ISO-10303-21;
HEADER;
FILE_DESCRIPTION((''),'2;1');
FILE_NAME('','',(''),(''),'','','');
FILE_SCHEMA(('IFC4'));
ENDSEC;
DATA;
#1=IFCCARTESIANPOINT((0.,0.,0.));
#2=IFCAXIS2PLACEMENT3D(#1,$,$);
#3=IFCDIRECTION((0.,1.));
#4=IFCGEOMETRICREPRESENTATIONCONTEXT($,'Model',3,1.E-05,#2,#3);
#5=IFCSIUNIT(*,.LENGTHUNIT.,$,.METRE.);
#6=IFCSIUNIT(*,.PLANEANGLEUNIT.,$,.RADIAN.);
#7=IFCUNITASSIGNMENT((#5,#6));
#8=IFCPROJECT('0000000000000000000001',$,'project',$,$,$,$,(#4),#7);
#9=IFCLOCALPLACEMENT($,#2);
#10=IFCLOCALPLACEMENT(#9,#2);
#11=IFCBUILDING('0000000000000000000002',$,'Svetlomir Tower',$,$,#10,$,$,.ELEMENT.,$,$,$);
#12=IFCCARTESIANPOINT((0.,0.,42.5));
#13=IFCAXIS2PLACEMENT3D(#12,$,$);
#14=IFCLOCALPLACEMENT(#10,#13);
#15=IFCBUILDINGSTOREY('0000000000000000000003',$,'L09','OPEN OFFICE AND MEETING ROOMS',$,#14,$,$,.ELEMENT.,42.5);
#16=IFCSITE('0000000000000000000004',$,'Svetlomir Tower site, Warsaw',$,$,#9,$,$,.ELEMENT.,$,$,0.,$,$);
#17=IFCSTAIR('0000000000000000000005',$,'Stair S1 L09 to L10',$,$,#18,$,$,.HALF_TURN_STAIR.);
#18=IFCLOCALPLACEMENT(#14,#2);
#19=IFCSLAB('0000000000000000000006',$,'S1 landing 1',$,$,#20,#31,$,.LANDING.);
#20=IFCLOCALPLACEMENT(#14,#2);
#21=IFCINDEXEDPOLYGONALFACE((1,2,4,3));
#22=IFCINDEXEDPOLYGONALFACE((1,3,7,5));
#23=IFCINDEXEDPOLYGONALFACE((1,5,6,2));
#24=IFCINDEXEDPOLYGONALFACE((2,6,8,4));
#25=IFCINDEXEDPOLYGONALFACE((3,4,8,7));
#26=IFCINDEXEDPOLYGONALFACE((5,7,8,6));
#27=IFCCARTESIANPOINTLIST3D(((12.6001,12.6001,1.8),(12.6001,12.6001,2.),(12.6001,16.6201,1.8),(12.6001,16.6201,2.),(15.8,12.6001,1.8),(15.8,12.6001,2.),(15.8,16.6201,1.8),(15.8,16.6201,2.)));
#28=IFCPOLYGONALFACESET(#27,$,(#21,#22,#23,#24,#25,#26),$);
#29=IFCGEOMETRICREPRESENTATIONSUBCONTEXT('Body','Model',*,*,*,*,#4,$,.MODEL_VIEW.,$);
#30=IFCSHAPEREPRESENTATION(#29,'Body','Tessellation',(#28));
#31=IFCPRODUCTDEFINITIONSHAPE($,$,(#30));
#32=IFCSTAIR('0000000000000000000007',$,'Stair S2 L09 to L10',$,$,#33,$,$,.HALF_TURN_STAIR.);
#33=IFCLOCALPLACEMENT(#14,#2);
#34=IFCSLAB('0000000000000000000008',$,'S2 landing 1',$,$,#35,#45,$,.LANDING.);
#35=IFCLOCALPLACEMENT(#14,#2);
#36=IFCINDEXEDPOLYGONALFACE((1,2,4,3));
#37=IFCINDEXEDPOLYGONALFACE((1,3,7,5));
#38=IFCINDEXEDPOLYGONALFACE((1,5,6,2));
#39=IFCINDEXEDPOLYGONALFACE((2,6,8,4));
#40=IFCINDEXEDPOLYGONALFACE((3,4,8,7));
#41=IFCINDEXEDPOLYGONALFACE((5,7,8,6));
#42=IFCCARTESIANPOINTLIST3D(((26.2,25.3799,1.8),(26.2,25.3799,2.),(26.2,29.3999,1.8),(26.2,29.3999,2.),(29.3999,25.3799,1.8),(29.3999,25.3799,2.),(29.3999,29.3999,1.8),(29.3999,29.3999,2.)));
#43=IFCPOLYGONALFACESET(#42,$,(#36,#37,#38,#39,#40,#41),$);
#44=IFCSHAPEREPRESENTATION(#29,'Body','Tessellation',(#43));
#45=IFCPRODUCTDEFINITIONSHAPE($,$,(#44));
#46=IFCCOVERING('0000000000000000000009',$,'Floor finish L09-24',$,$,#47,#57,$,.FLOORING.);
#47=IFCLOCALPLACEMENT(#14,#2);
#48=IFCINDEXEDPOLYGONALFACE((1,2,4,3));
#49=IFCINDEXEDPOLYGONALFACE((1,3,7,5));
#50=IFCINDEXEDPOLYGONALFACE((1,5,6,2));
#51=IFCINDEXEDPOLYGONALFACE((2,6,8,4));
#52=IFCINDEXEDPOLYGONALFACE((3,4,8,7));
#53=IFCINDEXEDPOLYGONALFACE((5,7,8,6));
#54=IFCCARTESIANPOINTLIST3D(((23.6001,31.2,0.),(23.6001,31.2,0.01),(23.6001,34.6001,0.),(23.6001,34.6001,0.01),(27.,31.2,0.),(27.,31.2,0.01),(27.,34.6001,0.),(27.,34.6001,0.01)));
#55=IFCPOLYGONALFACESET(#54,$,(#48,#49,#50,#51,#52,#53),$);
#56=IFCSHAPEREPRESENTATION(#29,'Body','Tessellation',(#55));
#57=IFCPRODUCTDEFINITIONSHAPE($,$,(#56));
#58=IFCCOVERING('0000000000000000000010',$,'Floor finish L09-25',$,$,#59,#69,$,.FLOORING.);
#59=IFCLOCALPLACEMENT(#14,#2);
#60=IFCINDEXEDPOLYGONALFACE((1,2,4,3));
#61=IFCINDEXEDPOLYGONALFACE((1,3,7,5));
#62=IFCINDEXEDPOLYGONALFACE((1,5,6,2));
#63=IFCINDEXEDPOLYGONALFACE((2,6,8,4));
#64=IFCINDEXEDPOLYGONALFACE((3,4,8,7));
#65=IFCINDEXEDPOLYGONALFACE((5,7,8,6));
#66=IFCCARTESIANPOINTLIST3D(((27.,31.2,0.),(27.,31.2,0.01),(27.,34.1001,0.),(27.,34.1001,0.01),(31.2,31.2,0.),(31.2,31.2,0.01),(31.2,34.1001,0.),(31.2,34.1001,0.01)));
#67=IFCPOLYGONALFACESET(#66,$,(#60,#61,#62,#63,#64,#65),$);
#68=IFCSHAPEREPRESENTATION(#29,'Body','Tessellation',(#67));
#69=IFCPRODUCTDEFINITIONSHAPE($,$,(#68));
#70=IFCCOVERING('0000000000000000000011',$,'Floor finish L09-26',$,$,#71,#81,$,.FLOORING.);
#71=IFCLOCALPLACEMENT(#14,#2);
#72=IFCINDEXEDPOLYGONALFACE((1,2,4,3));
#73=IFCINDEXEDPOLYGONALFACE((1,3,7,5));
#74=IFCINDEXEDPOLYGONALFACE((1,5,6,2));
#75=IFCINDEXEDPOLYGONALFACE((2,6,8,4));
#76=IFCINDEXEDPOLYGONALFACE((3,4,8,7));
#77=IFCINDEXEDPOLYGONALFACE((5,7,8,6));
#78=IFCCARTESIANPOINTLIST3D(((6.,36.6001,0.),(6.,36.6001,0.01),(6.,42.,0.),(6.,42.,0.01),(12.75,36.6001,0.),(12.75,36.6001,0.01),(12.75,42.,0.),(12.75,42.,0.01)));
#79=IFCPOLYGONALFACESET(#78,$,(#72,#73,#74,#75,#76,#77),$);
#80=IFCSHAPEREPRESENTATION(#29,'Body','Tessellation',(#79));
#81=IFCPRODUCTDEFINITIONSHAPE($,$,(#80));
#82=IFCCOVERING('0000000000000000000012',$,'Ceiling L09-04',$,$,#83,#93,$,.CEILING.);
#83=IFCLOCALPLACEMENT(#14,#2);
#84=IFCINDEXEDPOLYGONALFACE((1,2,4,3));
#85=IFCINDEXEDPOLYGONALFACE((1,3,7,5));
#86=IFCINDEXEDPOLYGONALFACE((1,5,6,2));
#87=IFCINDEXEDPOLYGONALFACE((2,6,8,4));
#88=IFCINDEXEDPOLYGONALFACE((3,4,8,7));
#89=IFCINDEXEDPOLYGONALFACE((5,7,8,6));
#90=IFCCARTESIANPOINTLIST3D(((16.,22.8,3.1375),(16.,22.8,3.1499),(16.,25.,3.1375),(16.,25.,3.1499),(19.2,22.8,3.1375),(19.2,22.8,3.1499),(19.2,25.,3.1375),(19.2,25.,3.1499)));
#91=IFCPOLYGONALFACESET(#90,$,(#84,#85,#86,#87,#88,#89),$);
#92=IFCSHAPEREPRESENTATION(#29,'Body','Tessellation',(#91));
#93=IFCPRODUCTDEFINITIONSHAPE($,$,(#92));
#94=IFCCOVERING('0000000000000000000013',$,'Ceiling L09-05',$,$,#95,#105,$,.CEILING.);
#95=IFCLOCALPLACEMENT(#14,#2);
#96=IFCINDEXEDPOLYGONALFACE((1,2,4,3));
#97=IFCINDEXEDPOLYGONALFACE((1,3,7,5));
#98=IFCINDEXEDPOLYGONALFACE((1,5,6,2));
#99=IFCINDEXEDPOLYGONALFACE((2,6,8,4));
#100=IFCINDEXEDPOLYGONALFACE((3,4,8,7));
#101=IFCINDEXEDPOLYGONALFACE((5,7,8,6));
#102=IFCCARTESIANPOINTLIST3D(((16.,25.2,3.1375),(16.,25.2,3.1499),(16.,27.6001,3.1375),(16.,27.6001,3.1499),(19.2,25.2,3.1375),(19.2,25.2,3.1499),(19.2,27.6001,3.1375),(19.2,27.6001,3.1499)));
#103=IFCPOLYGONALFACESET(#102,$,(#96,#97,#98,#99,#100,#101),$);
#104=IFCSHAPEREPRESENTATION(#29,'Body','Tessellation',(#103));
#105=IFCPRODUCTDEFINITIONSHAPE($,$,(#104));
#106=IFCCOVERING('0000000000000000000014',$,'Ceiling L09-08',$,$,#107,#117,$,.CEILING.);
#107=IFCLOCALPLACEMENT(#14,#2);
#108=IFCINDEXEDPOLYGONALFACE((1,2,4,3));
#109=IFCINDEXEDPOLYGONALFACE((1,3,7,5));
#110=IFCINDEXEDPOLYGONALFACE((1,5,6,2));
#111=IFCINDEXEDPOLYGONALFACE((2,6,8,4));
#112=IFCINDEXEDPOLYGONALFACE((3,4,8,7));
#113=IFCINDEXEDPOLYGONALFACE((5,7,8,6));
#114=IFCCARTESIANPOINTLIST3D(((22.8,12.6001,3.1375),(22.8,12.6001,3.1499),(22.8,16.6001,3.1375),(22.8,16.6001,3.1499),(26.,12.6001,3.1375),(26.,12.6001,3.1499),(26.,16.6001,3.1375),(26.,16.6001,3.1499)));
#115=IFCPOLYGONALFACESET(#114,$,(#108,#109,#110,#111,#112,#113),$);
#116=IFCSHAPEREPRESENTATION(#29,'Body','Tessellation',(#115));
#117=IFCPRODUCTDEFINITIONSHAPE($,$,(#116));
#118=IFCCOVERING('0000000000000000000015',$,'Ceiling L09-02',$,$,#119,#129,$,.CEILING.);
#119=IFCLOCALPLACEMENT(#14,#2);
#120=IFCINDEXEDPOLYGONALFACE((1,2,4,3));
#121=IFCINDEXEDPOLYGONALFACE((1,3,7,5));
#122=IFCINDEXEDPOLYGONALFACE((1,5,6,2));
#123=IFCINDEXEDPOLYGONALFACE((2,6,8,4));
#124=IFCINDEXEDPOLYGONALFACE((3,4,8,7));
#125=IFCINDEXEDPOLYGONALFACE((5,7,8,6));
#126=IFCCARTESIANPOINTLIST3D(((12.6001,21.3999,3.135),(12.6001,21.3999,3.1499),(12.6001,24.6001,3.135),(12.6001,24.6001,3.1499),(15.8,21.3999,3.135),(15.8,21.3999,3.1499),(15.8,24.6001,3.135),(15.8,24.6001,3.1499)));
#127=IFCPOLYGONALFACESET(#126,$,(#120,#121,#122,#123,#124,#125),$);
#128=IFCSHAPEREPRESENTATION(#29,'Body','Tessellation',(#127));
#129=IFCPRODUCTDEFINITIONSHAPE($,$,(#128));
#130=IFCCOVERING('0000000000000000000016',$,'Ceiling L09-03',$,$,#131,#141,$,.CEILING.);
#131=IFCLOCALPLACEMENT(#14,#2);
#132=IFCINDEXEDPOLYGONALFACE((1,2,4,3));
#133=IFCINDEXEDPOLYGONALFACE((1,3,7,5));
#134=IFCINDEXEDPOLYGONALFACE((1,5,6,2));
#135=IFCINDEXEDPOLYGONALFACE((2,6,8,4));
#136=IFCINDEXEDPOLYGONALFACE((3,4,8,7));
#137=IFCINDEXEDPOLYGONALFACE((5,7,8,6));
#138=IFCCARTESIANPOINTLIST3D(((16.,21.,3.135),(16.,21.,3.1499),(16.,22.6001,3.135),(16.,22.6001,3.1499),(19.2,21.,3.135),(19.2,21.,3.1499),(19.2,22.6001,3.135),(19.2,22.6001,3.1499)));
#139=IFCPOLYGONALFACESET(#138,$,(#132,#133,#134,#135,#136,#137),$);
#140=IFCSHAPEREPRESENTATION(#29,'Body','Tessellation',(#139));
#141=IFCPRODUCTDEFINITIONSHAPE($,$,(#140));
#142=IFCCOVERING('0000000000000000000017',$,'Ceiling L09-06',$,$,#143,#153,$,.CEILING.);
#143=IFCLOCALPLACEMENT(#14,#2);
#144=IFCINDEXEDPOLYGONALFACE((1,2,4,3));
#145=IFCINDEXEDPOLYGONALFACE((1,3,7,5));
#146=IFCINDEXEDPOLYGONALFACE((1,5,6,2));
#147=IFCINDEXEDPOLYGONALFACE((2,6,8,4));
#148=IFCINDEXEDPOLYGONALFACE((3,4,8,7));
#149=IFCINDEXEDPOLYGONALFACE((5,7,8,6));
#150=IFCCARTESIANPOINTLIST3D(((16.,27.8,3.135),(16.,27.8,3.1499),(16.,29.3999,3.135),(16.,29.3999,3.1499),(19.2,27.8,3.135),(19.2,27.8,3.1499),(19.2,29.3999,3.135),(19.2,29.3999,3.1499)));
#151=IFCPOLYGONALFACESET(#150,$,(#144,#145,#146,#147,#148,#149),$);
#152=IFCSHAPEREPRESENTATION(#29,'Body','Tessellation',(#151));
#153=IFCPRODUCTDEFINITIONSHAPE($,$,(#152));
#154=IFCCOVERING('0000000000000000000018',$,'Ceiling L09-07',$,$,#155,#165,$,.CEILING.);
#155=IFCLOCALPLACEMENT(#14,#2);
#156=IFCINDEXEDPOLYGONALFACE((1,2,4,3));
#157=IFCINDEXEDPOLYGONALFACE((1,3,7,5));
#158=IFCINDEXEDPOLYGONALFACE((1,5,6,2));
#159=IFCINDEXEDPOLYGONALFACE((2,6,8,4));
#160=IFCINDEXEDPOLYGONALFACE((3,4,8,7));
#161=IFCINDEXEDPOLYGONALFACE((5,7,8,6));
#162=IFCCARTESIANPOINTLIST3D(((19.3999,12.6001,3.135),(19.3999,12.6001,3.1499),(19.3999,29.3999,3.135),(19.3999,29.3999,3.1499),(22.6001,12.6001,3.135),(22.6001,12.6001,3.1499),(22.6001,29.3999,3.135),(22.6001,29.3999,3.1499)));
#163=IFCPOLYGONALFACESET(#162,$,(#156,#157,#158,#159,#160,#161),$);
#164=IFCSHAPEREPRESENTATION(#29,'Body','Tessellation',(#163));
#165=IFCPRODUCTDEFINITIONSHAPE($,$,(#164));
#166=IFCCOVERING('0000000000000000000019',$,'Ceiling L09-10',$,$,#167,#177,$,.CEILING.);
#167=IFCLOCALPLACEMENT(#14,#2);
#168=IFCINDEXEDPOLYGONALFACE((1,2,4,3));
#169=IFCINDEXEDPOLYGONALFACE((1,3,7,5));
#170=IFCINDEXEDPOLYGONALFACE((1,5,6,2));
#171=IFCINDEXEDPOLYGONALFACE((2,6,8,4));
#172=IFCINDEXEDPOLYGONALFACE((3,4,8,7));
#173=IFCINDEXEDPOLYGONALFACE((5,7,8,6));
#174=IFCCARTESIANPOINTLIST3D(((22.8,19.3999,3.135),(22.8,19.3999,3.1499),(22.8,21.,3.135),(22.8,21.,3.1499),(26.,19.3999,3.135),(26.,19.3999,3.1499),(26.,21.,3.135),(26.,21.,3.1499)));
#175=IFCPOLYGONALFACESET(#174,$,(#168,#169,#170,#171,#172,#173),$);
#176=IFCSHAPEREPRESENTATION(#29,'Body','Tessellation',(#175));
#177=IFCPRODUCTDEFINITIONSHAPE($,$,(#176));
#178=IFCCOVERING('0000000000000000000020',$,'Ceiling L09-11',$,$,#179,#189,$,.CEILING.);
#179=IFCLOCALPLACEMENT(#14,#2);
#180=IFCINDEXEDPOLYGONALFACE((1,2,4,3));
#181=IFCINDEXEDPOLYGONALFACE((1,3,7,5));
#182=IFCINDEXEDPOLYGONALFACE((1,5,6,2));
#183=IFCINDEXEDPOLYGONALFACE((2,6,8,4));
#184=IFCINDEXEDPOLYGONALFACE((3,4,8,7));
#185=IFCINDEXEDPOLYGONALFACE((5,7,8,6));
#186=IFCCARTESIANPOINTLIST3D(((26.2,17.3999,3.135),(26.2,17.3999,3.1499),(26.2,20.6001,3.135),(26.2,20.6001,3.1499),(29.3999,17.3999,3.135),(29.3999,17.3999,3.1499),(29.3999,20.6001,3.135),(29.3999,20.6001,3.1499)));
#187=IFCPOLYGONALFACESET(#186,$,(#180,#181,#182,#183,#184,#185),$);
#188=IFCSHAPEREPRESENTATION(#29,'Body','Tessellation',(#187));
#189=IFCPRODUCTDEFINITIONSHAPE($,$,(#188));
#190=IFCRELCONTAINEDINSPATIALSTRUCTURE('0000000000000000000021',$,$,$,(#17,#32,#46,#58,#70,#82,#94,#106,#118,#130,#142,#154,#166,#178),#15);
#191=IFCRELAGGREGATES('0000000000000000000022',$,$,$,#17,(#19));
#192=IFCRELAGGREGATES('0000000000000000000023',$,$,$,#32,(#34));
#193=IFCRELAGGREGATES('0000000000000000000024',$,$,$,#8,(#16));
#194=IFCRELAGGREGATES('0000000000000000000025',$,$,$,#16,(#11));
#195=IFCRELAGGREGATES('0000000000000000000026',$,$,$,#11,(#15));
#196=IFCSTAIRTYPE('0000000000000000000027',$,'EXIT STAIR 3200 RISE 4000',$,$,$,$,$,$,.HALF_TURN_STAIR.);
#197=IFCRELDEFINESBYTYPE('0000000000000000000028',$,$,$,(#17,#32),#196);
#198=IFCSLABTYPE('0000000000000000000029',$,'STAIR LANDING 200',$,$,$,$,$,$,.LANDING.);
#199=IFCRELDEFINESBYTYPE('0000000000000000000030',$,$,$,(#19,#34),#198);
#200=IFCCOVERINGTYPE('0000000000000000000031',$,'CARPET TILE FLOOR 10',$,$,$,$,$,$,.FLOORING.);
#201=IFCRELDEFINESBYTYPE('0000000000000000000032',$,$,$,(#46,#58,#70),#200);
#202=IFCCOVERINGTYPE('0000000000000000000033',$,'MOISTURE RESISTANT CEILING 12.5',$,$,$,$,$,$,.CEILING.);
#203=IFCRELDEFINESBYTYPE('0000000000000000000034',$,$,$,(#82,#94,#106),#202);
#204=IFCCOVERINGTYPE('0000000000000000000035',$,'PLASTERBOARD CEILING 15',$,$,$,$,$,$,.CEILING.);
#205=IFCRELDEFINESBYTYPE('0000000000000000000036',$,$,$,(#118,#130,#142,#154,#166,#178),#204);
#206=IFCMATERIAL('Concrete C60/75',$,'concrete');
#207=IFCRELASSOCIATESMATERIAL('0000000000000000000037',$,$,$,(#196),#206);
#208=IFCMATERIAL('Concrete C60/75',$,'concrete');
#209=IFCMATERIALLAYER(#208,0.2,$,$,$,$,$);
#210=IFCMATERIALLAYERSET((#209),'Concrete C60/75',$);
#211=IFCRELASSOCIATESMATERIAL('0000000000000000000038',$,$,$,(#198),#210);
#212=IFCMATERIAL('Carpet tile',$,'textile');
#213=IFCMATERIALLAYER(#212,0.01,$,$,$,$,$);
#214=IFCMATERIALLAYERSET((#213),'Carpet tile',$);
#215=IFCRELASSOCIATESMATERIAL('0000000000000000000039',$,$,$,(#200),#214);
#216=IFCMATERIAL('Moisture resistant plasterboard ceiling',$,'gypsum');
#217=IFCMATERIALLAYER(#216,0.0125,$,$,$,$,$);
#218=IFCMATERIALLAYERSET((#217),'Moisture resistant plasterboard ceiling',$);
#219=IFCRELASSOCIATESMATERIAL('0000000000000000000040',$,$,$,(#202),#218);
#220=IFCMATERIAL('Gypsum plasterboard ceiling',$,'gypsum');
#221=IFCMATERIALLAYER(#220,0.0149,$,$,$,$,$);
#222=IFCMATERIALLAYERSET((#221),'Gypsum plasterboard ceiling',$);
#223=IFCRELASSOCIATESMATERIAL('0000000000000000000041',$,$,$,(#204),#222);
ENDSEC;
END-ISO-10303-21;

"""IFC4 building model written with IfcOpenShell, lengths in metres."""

from ifc_helpers import new_model, si_unit, direction, frame, origin, place, context, subcontext, project, spatial, polyline, outline, extrude, material, layer, layer_set, type_object, element, aggregate, save


model = new_model("IFC4")

# Units and contexts
model_context = context("Model", 3, precision=1e-05, world=origin(), true_north=direction((0.0, 1.0)))
body_context = subcontext(model_context, "Body", "Model", "MODEL_VIEW")
ifc_project = project(units=[si_unit("LENGTHUNIT", "METRE"), si_unit("PLANEANGLEUNIT", "RADIAN")], contexts=[model_context])

# Site, building, storey
site_placement = place(None, origin())
site = spatial("IfcSite", under=ifc_project, at=site_placement, Name="Svetlomir Tower site, Warsaw", CompositionType="ELEMENT", RefElevation=0.0)
building_placement = place(site_placement, origin())
building = spatial("IfcBuilding", under=site, at=building_placement, Name="Svetlomir Tower", CompositionType="ELEMENT")
storey_placement = place(building_placement, frame((0.0, 0.0, 42.5)))
storey = spatial("IfcBuildingStorey", under=building, at=storey_placement, Name="L09", Description="OPEN OFFICE AND MEETING ROOMS", CompositionType="ELEMENT", Elevation=42.5)

# Stairs, slabs
ifc_material_1 = material(Name="Concrete C60/75", Category="concrete")
stair_type = type_object("IfcStairType", Name="EXIT STAIR 3200 RISE 4000", PredefinedType="HALF_TURN_STAIR", material=ifc_material_1)
stair_1_placement = place(storey_placement, origin())
stair_1 = element("IfcStair", 1, at=stair_1_placement, inside=storey, type_object=stair_type, Name="Stair S1 L09 to L10", PredefinedType="HALF_TURN_STAIR")
ifc_material_2 = material(Name="Concrete C60/75", Category="concrete")
ifc_layer_1 = layer(ifc_material_2, 0.2)
ifc_layer_set_1 = layer_set([ifc_layer_1], Name="Concrete C60/75")
slab_type = type_object("IfcSlabType", Name="STAIR LANDING 200", PredefinedType="LANDING", material=ifc_layer_set_1)
slab_1_placement = place(storey_placement, frame((0.0, 0.0, 1.8)))
slab_1 = element("IfcSlab", 2, at=slab_1_placement, type_object=slab_type, Name="S1 landing 1", PredefinedType="LANDING", context=body_context, shape_type="SweptSolid", body=[
    extrude(outline(polyline([(12.6001, 12.6001), (15.8, 12.6001), (15.8, 16.6201), (12.6001, 16.6201), (12.6001, 12.6001)])), origin(), (0.0, 0.0, 1.0), 0.2),
])
aggregate(stair_1, [slab_1])
stair_2_placement = place(storey_placement, origin())
stair_2 = element("IfcStair", 3, at=stair_2_placement, inside=storey, type_object=stair_type, Name="Stair S2 L09 to L10", PredefinedType="HALF_TURN_STAIR")
slab_2_placement = place(storey_placement, frame((0.0, 0.0, 1.8)))
slab_2 = element("IfcSlab", 4, at=slab_2_placement, type_object=slab_type, Name="S2 landing 1", PredefinedType="LANDING", context=body_context, shape_type="SweptSolid", body=[
    extrude(outline(polyline([(26.2, 25.3799), (29.3999, 25.3799), (29.3999, 29.3999), (26.2, 29.3999), (26.2, 25.3799)])), origin(), (0.0, 0.0, 1.0), 0.2),
])
aggregate(stair_2, [slab_2])

# Coverings
ifc_material_3 = material(Name="Carpet tile", Category="textile")
ifc_layer_2 = layer(ifc_material_3, 0.01)
ifc_layer_set_2 = layer_set([ifc_layer_2], Name="Carpet tile")
covering_type_1 = type_object("IfcCoveringType", Name="CARPET TILE FLOOR 10", PredefinedType="FLOORING", material=ifc_layer_set_2)
covering_1_placement = place(storey_placement, origin())
element("IfcCovering", 5, at=covering_1_placement, inside=storey, type_object=covering_type_1, Name="Floor finish L09-24", PredefinedType="FLOORING", context=body_context, shape_type="SweptSolid", body=[
    extrude(outline(polyline([(23.6001, 31.2), (27.0, 31.2), (27.0, 34.6001), (23.6001, 34.6001), (23.6001, 31.2)])), origin(), (0.0, 0.0, 1.0), 0.01),
])
covering_2_placement = place(storey_placement, origin())
element("IfcCovering", 6, at=covering_2_placement, inside=storey, type_object=covering_type_1, Name="Floor finish L09-25", PredefinedType="FLOORING", context=body_context, shape_type="SweptSolid", body=[
    extrude(outline(polyline([(27.0, 31.2), (31.2, 31.2), (31.2, 34.1001), (27.0, 34.1001), (27.0, 31.2)])), origin(), (0.0, 0.0, 1.0), 0.01),
])
covering_3_placement = place(storey_placement, origin())
element("IfcCovering", 7, at=covering_3_placement, inside=storey, type_object=covering_type_1, Name="Floor finish L09-26", PredefinedType="FLOORING", context=body_context, shape_type="SweptSolid", body=[
    extrude(outline(polyline([(6.0, 36.6001), (12.75, 36.6001), (12.75, 42.0), (6.0, 42.0), (6.0, 36.6001)])), origin(), (0.0, 0.0, 1.0), 0.01),
])
ifc_material_4 = material(Name="Moisture resistant plasterboard ceiling", Category="gypsum")
ifc_layer_3 = layer(ifc_material_4, 0.0125)
ifc_layer_set_3 = layer_set([ifc_layer_3], Name="Moisture resistant plasterboard ceiling")
covering_type_2 = type_object("IfcCoveringType", Name="MOISTURE RESISTANT CEILING 12.5", PredefinedType="CEILING", material=ifc_layer_set_3)
covering_4_placement = place(storey_placement, frame((0.0, 0.0, 3.1375)))
element("IfcCovering", 8, at=covering_4_placement, inside=storey, type_object=covering_type_2, Name="Ceiling L09-04", PredefinedType="CEILING", context=body_context, shape_type="SweptSolid", body=[
    extrude(outline(polyline([(16.0, 22.8), (19.2, 22.8), (19.2, 25.0), (16.0, 25.0), (16.0, 22.8)])), origin(), (0.0, 0.0, 1.0), 0.0125),
])
covering_5_placement = place(storey_placement, frame((0.0, 0.0, 3.1375)))
element("IfcCovering", 9, at=covering_5_placement, inside=storey, type_object=covering_type_2, Name="Ceiling L09-05", PredefinedType="CEILING", context=body_context, shape_type="SweptSolid", body=[
    extrude(outline(polyline([(16.0, 25.2), (19.2, 25.2), (19.2, 27.6001), (16.0, 27.6001), (16.0, 25.2)])), origin(), (0.0, 0.0, 1.0), 0.0125),
])
covering_6_placement = place(storey_placement, frame((0.0, 0.0, 3.1375)))
element("IfcCovering", 10, at=covering_6_placement, inside=storey, type_object=covering_type_2, Name="Ceiling L09-08", PredefinedType="CEILING", context=body_context, shape_type="SweptSolid", body=[
    extrude(outline(polyline([(22.8, 12.6001), (26.0, 12.6001), (26.0, 16.6001), (22.8, 16.6001), (22.8, 12.6001)])), origin(), (0.0, 0.0, 1.0), 0.0125),
])
ifc_material_5 = material(Name="Gypsum plasterboard ceiling", Category="gypsum")
ifc_layer_4 = layer(ifc_material_5, 0.0149)
ifc_layer_set_4 = layer_set([ifc_layer_4], Name="Gypsum plasterboard ceiling")
covering_type_3 = type_object("IfcCoveringType", Name="PLASTERBOARD CEILING 15", PredefinedType="CEILING", material=ifc_layer_set_4)
covering_7_placement = place(storey_placement, frame((0.0, 0.0, 3.135)))
element("IfcCovering", 11, at=covering_7_placement, inside=storey, type_object=covering_type_3, Name="Ceiling L09-02", PredefinedType="CEILING", context=body_context, shape_type="SweptSolid", body=[
    extrude(outline(polyline([(12.6001, 21.3999), (15.8, 21.3999), (15.8, 24.6001), (12.6001, 24.6001), (12.6001, 21.3999)])), origin(), (0.0, 0.0, 1.0), 0.0149),
])
covering_8_placement = place(storey_placement, frame((0.0, 0.0, 3.135)))
element("IfcCovering", 12, at=covering_8_placement, inside=storey, type_object=covering_type_3, Name="Ceiling L09-03", PredefinedType="CEILING", context=body_context, shape_type="SweptSolid", body=[
    extrude(outline(polyline([(16.0, 21.0), (19.2, 21.0), (19.2, 22.6001), (16.0, 22.6001), (16.0, 21.0)])), origin(), (0.0, 0.0, 1.0), 0.0149),
])
covering_9_placement = place(storey_placement, frame((0.0, 0.0, 3.135)))
element("IfcCovering", 13, at=covering_9_placement, inside=storey, type_object=covering_type_3, Name="Ceiling L09-06", PredefinedType="CEILING", context=body_context, shape_type="SweptSolid", body=[
    extrude(outline(polyline([(16.0, 27.8), (19.2, 27.8), (19.2, 29.3999), (16.0, 29.3999), (16.0, 27.8)])), origin(), (0.0, 0.0, 1.0), 0.0149),
])
covering_10_placement = place(storey_placement, frame((0.0, 0.0, 3.135)))
element("IfcCovering", 14, at=covering_10_placement, inside=storey, type_object=covering_type_3, Name="Ceiling L09-07", PredefinedType="CEILING", context=body_context, shape_type="SweptSolid", body=[
    extrude(outline(polyline([(19.3999, 12.6001), (22.6001, 12.6001), (22.6001, 29.3999), (19.3999, 29.3999), (19.3999, 12.6001)])), origin(), (0.0, 0.0, 1.0), 0.0149),
])
covering_11_placement = place(storey_placement, frame((0.0, 0.0, 3.135)))
element("IfcCovering", 15, at=covering_11_placement, inside=storey, type_object=covering_type_3, Name="Ceiling L09-10", PredefinedType="CEILING", context=body_context, shape_type="SweptSolid", body=[
    extrude(outline(polyline([(22.8, 19.3999), (26.0, 19.3999), (26.0, 21.0), (22.8, 21.0), (22.8, 19.3999)])), origin(), (0.0, 0.0, 1.0), 0.0149),
])
covering_12_placement = place(storey_placement, frame((0.0, 0.0, 3.135)))
element("IfcCovering", 16, at=covering_12_placement, inside=storey, type_object=covering_type_3, Name="Ceiling L09-11", PredefinedType="CEILING", context=body_context, shape_type="SweptSolid", body=[
    extrude(outline(polyline([(26.2, 17.3999), (29.3999, 17.3999), (29.3999, 20.6001), (26.2, 20.6001), (26.2, 17.3999)])), origin(), (0.0, 0.0, 1.0), 0.0149),
])

save(model, "model.ifc")
